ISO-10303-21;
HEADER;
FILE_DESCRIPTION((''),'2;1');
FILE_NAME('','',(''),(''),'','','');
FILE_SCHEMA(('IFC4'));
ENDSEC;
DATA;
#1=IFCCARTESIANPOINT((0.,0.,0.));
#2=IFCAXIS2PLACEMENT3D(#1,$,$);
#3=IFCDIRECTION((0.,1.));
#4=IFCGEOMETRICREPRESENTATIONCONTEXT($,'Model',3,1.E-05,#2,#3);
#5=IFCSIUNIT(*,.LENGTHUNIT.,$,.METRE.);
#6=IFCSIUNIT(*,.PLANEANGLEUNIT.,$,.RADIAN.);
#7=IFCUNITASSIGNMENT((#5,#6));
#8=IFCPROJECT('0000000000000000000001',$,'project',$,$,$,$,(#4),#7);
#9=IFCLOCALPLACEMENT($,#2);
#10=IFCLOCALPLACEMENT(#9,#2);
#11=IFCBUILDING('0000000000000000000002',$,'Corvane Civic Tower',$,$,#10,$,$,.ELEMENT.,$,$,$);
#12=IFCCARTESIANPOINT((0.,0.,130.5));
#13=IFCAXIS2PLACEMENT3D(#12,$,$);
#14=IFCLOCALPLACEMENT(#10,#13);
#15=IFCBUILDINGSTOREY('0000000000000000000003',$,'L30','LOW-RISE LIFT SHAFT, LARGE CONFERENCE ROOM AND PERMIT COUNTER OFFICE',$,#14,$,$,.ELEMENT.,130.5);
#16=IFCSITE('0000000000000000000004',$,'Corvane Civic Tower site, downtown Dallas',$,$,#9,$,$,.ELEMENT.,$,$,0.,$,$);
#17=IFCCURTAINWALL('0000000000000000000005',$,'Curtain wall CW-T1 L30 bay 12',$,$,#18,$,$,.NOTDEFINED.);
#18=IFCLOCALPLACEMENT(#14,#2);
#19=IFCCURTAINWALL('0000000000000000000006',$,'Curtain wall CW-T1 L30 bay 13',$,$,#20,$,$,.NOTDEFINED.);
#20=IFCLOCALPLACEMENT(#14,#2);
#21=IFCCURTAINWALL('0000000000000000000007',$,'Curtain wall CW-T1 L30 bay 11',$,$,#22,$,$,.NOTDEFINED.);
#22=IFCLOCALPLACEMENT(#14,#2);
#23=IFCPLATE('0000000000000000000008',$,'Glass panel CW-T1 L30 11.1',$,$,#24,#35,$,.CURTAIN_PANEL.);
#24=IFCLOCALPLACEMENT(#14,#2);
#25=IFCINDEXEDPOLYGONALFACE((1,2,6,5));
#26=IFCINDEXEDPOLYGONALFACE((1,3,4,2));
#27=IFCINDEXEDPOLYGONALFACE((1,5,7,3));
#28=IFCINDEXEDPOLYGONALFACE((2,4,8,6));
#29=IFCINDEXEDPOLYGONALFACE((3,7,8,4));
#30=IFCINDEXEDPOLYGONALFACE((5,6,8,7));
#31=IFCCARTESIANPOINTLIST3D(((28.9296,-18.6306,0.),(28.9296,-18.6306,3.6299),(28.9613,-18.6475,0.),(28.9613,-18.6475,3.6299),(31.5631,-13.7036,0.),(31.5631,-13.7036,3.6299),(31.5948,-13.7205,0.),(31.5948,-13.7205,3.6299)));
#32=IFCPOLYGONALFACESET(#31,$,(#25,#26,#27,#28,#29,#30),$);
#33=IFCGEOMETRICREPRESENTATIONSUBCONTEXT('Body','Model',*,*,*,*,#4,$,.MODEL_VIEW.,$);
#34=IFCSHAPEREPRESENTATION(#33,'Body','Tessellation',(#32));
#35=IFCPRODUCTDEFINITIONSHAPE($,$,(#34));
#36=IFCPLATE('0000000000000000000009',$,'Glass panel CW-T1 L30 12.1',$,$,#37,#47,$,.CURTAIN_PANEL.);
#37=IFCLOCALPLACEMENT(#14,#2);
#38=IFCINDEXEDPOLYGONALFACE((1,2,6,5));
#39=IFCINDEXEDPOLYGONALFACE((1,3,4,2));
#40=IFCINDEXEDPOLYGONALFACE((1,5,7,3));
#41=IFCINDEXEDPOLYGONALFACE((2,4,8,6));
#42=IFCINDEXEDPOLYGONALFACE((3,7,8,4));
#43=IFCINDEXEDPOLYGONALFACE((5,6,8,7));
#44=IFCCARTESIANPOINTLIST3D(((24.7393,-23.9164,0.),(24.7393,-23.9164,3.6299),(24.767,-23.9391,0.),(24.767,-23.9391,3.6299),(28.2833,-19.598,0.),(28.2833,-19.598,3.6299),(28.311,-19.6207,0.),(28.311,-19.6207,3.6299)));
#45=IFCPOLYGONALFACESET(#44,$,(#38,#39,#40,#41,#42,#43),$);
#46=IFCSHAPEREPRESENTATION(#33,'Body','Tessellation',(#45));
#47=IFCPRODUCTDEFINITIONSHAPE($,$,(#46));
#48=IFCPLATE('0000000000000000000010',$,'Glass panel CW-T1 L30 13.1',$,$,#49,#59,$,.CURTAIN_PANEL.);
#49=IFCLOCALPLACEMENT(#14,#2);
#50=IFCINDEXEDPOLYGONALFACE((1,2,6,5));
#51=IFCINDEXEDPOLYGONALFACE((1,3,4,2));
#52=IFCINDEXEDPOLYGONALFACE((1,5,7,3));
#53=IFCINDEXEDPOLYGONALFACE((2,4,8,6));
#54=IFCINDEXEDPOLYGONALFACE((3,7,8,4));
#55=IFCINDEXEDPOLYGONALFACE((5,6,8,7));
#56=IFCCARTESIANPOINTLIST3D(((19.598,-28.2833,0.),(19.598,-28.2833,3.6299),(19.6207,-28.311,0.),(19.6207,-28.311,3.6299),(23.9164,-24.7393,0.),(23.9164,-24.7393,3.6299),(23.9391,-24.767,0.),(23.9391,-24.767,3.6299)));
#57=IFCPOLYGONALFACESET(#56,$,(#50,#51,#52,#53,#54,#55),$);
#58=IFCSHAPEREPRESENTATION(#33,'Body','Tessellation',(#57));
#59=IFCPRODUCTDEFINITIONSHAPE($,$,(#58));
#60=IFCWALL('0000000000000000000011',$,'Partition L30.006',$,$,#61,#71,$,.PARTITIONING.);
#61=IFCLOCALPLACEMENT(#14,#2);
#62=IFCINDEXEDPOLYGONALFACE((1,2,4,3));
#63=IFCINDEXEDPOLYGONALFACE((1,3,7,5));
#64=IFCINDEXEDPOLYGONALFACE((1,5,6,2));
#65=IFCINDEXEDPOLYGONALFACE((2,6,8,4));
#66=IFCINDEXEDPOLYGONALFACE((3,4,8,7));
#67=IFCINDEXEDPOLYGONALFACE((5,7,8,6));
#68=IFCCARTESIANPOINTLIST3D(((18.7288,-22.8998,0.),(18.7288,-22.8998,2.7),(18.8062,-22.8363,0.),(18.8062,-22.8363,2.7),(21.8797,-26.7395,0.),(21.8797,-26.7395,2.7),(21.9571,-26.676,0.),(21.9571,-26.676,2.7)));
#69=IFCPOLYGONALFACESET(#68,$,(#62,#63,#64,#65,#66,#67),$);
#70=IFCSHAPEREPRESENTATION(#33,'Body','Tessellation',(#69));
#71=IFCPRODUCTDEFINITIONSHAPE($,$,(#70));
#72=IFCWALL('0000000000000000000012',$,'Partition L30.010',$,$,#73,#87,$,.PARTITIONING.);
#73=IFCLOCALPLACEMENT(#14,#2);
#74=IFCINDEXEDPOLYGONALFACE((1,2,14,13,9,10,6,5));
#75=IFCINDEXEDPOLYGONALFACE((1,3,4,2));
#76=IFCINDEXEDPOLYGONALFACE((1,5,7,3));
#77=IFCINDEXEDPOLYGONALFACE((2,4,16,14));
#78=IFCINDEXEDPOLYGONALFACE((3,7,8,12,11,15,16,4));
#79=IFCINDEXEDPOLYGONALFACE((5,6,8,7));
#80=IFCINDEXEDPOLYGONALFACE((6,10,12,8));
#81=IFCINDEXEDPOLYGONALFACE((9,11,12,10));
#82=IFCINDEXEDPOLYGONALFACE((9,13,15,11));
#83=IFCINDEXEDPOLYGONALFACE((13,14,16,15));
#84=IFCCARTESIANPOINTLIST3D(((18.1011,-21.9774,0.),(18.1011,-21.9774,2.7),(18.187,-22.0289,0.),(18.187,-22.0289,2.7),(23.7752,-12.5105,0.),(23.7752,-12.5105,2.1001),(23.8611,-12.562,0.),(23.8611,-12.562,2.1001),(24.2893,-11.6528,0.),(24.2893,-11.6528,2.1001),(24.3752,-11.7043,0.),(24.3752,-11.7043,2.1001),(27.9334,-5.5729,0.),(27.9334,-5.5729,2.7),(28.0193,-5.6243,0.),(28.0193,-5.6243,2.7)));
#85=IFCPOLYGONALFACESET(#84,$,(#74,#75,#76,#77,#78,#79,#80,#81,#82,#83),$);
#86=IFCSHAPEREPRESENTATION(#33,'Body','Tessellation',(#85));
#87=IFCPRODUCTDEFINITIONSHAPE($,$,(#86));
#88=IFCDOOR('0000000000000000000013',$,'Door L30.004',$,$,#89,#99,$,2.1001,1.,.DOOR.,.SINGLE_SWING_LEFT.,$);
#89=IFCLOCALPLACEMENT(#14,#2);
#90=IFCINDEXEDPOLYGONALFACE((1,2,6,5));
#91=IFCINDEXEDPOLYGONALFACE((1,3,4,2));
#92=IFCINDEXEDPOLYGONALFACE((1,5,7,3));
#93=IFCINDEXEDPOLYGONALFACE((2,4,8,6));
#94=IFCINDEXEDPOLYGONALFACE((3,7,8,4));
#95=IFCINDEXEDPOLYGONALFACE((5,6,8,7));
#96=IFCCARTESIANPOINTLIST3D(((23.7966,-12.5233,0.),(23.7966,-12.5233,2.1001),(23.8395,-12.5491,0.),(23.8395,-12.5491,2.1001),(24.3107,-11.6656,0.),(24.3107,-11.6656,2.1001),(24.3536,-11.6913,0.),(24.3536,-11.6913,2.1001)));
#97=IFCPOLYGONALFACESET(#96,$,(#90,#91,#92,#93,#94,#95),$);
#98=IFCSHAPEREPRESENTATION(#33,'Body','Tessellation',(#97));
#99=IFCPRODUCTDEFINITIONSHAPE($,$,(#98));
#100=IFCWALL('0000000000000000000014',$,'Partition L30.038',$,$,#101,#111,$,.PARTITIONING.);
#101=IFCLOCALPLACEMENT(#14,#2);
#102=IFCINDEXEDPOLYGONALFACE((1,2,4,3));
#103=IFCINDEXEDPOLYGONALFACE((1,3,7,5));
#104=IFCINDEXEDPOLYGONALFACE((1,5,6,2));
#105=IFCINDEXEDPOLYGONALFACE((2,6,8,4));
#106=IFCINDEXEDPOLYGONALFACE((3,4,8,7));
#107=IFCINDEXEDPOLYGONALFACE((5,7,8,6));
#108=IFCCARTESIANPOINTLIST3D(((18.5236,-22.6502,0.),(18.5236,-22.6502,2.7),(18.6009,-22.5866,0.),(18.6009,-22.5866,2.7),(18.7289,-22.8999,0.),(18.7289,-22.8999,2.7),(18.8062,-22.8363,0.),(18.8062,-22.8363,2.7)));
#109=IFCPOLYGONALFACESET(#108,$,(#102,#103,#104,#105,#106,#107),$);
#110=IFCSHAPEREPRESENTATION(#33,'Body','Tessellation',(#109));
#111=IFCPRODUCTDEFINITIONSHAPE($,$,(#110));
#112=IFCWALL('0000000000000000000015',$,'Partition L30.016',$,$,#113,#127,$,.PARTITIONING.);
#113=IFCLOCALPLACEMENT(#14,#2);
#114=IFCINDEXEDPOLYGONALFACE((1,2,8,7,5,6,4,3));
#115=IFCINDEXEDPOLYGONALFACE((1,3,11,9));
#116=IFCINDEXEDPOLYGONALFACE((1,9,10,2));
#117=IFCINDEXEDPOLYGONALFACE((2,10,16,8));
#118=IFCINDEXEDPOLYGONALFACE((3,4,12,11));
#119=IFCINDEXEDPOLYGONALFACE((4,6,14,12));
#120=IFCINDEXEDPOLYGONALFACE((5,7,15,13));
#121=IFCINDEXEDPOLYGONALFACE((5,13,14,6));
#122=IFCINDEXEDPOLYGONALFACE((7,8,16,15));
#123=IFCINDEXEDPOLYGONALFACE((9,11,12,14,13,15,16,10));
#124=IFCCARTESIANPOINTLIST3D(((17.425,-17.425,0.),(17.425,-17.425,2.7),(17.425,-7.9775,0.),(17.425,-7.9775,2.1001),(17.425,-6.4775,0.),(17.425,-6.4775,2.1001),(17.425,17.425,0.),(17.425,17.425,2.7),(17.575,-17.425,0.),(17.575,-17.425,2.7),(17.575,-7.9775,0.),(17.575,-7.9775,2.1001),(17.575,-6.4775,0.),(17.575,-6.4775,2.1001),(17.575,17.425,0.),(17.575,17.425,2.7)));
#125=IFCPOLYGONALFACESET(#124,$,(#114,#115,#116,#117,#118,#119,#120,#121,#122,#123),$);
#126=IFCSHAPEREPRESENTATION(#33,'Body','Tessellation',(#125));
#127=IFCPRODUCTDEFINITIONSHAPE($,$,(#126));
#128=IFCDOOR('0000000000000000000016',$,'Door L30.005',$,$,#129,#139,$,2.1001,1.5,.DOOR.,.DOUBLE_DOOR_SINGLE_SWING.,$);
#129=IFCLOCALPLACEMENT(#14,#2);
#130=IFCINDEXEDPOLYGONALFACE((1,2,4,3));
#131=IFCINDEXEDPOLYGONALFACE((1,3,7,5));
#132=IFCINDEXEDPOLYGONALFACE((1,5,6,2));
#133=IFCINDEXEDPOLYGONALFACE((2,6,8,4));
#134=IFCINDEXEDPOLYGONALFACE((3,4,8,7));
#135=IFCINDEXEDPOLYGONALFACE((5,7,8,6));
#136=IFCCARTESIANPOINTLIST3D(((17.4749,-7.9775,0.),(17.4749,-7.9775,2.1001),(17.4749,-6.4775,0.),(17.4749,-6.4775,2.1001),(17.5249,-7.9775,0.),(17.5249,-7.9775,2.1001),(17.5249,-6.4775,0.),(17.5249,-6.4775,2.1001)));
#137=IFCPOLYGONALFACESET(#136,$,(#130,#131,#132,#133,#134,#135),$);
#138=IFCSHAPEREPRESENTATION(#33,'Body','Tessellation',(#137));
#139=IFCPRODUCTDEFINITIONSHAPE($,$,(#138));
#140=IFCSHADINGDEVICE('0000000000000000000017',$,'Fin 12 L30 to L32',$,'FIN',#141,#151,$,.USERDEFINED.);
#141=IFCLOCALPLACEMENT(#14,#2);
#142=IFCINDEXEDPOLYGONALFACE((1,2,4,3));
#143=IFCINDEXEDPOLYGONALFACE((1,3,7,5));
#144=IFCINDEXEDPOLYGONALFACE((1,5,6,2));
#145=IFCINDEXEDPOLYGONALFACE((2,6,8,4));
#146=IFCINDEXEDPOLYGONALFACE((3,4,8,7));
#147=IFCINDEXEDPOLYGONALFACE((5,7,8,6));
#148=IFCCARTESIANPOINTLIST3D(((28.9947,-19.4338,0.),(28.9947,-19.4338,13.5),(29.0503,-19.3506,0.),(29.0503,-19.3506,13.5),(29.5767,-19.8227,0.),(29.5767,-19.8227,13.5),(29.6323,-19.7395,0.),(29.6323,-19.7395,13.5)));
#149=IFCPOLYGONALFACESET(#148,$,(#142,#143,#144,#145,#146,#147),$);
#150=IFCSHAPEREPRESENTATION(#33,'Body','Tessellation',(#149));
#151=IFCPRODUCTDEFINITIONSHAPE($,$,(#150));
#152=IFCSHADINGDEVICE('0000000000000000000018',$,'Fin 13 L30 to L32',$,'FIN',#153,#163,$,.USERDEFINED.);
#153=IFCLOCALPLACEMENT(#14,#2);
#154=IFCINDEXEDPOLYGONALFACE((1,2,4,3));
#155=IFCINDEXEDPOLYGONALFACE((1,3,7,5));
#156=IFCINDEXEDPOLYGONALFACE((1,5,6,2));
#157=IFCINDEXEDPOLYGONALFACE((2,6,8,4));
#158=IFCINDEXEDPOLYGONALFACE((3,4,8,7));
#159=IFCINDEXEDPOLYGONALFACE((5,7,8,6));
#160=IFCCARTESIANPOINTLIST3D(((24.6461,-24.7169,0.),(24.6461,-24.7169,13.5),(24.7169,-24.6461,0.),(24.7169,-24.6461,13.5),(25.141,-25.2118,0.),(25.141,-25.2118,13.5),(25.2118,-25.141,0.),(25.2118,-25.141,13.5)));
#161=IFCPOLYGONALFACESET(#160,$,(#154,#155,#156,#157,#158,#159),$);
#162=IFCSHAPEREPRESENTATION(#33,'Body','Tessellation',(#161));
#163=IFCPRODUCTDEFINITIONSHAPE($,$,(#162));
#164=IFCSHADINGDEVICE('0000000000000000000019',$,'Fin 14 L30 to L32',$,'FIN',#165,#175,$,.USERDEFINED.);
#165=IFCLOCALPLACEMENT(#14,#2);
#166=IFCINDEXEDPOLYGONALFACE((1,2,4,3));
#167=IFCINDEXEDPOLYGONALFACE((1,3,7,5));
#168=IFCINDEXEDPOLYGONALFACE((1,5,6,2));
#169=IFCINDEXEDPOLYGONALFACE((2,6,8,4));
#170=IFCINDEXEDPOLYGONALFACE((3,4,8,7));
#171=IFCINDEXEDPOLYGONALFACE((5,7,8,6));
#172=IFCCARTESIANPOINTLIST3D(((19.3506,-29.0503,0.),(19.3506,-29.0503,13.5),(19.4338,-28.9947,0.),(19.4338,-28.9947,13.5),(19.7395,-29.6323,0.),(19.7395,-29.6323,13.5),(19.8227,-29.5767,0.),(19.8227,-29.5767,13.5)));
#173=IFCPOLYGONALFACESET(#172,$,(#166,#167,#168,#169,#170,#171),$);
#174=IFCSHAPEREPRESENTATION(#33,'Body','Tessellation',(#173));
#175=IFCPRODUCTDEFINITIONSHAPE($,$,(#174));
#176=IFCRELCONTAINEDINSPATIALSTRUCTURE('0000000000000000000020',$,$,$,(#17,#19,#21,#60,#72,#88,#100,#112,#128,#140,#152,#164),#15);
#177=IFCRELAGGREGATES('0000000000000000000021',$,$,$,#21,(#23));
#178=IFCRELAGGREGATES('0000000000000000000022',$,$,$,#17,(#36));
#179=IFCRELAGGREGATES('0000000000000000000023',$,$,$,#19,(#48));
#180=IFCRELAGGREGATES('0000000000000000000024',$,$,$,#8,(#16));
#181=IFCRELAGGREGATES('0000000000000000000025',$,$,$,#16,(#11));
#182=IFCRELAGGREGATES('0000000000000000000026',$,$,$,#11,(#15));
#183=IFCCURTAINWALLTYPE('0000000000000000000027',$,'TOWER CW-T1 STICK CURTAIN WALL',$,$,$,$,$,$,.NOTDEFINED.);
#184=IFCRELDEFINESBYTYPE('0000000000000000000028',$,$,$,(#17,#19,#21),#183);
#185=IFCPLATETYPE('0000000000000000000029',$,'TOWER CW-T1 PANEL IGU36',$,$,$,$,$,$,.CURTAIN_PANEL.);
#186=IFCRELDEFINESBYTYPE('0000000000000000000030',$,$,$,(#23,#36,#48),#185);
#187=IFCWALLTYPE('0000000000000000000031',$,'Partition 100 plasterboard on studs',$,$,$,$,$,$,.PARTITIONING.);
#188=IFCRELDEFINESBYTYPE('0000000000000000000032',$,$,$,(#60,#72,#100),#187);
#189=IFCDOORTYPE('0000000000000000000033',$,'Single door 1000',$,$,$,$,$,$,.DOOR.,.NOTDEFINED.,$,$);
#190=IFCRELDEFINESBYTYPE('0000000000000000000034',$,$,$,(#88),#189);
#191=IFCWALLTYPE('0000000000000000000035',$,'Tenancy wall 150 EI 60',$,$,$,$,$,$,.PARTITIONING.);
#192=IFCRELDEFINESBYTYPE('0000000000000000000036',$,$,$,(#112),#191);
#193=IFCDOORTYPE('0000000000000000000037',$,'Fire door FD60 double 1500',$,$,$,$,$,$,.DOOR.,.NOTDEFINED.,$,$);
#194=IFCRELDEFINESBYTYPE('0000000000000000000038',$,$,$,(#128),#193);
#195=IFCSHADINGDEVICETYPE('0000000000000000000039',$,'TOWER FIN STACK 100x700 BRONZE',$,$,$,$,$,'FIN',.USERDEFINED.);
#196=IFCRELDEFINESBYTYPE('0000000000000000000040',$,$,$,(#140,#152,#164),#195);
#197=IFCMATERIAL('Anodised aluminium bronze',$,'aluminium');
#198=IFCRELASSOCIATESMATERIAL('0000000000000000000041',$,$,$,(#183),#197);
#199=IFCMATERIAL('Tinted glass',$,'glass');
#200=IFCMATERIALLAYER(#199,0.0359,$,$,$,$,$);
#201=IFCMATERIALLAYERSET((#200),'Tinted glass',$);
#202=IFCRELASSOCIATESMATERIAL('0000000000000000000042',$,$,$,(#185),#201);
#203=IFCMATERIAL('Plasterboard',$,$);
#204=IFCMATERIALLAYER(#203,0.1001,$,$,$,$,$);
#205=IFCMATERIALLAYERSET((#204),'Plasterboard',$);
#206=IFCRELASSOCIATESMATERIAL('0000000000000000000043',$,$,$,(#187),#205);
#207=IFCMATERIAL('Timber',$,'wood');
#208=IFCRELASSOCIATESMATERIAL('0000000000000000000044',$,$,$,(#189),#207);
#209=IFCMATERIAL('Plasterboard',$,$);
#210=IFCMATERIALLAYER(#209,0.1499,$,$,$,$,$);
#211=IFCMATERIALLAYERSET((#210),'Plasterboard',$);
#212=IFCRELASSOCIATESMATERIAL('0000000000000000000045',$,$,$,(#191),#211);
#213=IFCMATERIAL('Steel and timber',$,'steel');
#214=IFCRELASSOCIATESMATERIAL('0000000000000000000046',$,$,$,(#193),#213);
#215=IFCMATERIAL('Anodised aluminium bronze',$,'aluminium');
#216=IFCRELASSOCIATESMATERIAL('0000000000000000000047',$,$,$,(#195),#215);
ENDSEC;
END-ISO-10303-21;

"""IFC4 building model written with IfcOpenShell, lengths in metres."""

from ifc_helpers import new_model, si_unit, direction, frame, frame_2d, origin, origin_2d, place, context, subcontext, project, spatial, rectangle, extrude, material, layer, layer_set, material_profile, profile_set, type_object, element, fill, aggregate, save


model = new_model("IFC4")

# Units and contexts
model_context = context("Model", 3, precision=1e-05, world=origin(), true_north=direction((0.0, 1.0)))
body_context = subcontext(model_context, "Body", "Model", "MODEL_VIEW")
ifc_project = project(units=[si_unit("LENGTHUNIT", "METRE"), si_unit("PLANEANGLEUNIT", "RADIAN")], contexts=[model_context])

# Site, building, storey
site_placement = place(None, origin())
site = spatial("IfcSite", under=ifc_project, at=site_placement, Name="Corvane Civic Tower site, downtown Dallas", CompositionType="ELEMENT", RefElevation=0.0)
building_placement = place(site_placement, origin())
building = spatial("IfcBuilding", under=site, at=building_placement, Name="Corvane Civic Tower", CompositionType="ELEMENT")
storey_placement = place(building_placement, frame((0.0, 0.0, 130.5)))
storey = spatial("IfcBuildingStorey", under=building, at=storey_placement, Name="L30", Description="LOW-RISE LIFT SHAFT, LARGE CONFERENCE ROOM AND PERMIT COUNTER OFFICE", CompositionType="ELEMENT", Elevation=130.5)

# Curtain walls
ifc_material_1 = material(Name="Anodised aluminium bronze", Category="aluminium")
curtain_wall_type = type_object("IfcCurtainWallType", Name="TOWER CW-T1 STICK CURTAIN WALL", PredefinedType="NOTDEFINED", material=ifc_material_1)
curtain_wall_1_placement = place(storey_placement, origin())
curtain_wall_1 = element("IfcCurtainWall", 1, at=curtain_wall_1_placement, inside=storey, type_object=curtain_wall_type, Name="Curtain wall CW-T1 L30 bay 12", PredefinedType="NOTDEFINED")
curtain_wall_2_placement = place(storey_placement, origin())
curtain_wall_2 = element("IfcCurtainWall", 2, at=curtain_wall_2_placement, inside=storey, type_object=curtain_wall_type, Name="Curtain wall CW-T1 L30 bay 13", PredefinedType="NOTDEFINED")

# Curtain wall, plate
curtain_wall_3_placement = place(storey_placement, origin())
curtain_wall_3 = element("IfcCurtainWall", 3, at=curtain_wall_3_placement, inside=storey, type_object=curtain_wall_type, Name="Curtain wall CW-T1 L30 bay 11", PredefinedType="NOTDEFINED")
ifc_material_2 = material(Name="Tinted glass", Category="glass")
ifc_layer_1 = layer(ifc_material_2, 0.0359)
ifc_layer_set_1 = layer_set([ifc_layer_1], Name="Tinted glass")
plate_type = type_object("IfcPlateType", Name="TOWER CW-T1 PANEL IGU36", PredefinedType="CURTAIN_PANEL", material=ifc_layer_set_1)
plate_1_placement = place(storey_placement, frame((30.2622, -16.1755, 0.0), z_axis=(0.0, 0.0, 1.0), x_axis=(-0.471392, -0.881924, 0.0)))
plate_1 = element("IfcPlate", 4, at=plate_1_placement, type_object=plate_type, Name="Glass panel CW-T1 L30 11.1", PredefinedType="CURTAIN_PANEL", context=body_context, shape_type="SweptSolid", body=[
    extrude(rectangle(XDim=5.5867, YDim=0.0359, at=origin_2d()), origin(), (0.0, 0.0, 1.0), 3.6299),
])
aggregate(curtain_wall_3, [plate_1])

# Plates
plate_2_placement = place(storey_placement, frame((26.5251, -21.7686, 0.0), z_axis=(0.0, 0.0, 1.0), x_axis=(-0.63439, -0.773013, 0.0)))
plate_2 = element("IfcPlate", 5, at=plate_2_placement, type_object=plate_type, Name="Glass panel CW-T1 L30 12.1", PredefinedType="CURTAIN_PANEL", context=body_context, shape_type="SweptSolid", body=[
    extrude(rectangle(XDim=5.5864, YDim=0.0359, at=origin_2d()), origin(), (0.0, 0.0, 1.0), 3.6299),
])
aggregate(curtain_wall_1, [plate_2])
plate_3_placement = place(storey_placement, frame((21.7686, -26.5251, 0.0), z_axis=(0.0, 0.0, 1.0), x_axis=(-0.773013, -0.63439, 0.0)))
plate_3 = element("IfcPlate", 6, at=plate_3_placement, type_object=plate_type, Name="Glass panel CW-T1 L30 13.1", PredefinedType="CURTAIN_PANEL", context=body_context, shape_type="SweptSolid", body=[
    extrude(rectangle(XDim=5.5864, YDim=0.0359, at=origin_2d()), origin(), (0.0, 0.0, 1.0), 3.6299),
])
aggregate(curtain_wall_2, [plate_3])

# Wall
ifc_material_3 = material(Name="Plasterboard")
ifc_layer_2 = layer(ifc_material_3, 0.1001)
ifc_layer_set_2 = layer_set([ifc_layer_2], Name="Plasterboard")
wall_type_1 = type_object("IfcWallType", Name="Partition 100 plasterboard on studs", PredefinedType="PARTITIONING", material=ifc_layer_set_2)
wall_1_placement = place(storey_placement, frame((18.7676, -22.8682, 0.0), z_axis=(0.0, 0.0, 1.0), x_axis=(0.634369, -0.77303, 0.0)))
element("IfcWall", 7, at=wall_1_placement, inside=storey, type_object=wall_type_1, Name="Partition L30.006", PredefinedType="PARTITIONING", context=body_context, shape_type="SweptSolid", body=[
    extrude(rectangle(XDim=4.967, YDim=0.1001, at=frame_2d((2.4834, 0.0))), origin(), (0.0, 0.0, 1.0), 2.7),
])

# Wall, opening, door
wall_2_placement = place(storey_placement, frame((18.144, -22.0032, 0.0), z_axis=(0.0, 0.0, 1.0), x_axis=(0.514094, 0.857734, 0.0)))
wall_2 = element("IfcWall", 8, at=wall_2_placement, inside=storey, type_object=wall_type_1, Name="Partition L30.010", PredefinedType="PARTITIONING", context=body_context, shape_type="SweptSolid", body=[
    extrude(rectangle(XDim=19.1255, YDim=0.1001, at=frame_2d((9.5627, 0.0))), origin(), (0.0, 0.0, 1.0), 2.7),
])
opening_1_placement = place(wall_2_placement, frame((11.0371, 0.0, 0.0)))
opening_1 = element("IfcOpeningElement", 9, at=opening_1_placement, cuts=wall_2, PredefinedType="OPENING", context=body_context, shape_type="SweptSolid", body=[
    extrude(rectangle(XDim=1.0, YDim=2.1001, at=frame_2d((0.5, 1.05))), frame((0.0, 0.0601, 0.0), z_axis=(0.0, -1.0, 0.0), x_axis=(1.0, 0.0, 0.0)), (0.0, 0.0, 1.0), 0.1201),
])
ifc_material_4 = material(Name="Timber", Category="wood")
door_type_1 = type_object("IfcDoorType", Name="Single door 1000", OperationType="NOTDEFINED", PredefinedType="DOOR", material=ifc_material_4)
door_1_placement = place(opening_1_placement, frame((1.0, 0.0, 0.0), z_axis=(0.0, 0.0, 1.0), x_axis=(-1.0, 0.0, 0.0)))
door_1 = element("IfcDoor", 10, at=door_1_placement, inside=storey, type_object=door_type_1, Name="Door L30.004", OperationType="SINGLE_SWING_LEFT", OverallHeight=2.1001, OverallWidth=1.0, PredefinedType="DOOR", context=body_context, shape_type="SweptSolid", body=[
    extrude(rectangle(XDim=1.0, YDim=2.1001, at=frame_2d((0.5, 1.05))), frame((0.0, 0.0249, 0.0), z_axis=(0.0, -1.0, 0.0), x_axis=(1.0, 0.0, 0.0)), (0.0, 0.0, 1.0), 0.05),
])
fill(opening_1, door_1)

# Wall
wall_3_placement = place(storey_placement, frame((18.5623, -22.6184, 0.0), z_axis=(0.0, 0.0, 1.0), x_axis=(0.635045, -0.772475, 0.0)))
element("IfcWall", 11, at=wall_3_placement, inside=storey, type_object=wall_type_1, Name="Partition L30.038", PredefinedType="PARTITIONING", context=body_context, shape_type="SweptSolid", body=[
    extrude(rectangle(XDim=0.3232, YDim=0.1001, at=frame_2d((0.1616, 0.0))), origin(), (0.0, 0.0, 1.0), 2.7),
])

# Wall, opening, door
ifc_material_5 = material(Name="Plasterboard")
ifc_layer_3 = layer(ifc_material_5, 0.1499)
ifc_layer_set_3 = layer_set([ifc_layer_3], Name="Plasterboard")
wall_type_2 = type_object("IfcWallType", Name="Tenancy wall 150 EI 60", PredefinedType="PARTITIONING", material=ifc_layer_set_3)
wall_4_placement = place(storey_placement, frame((17.5, -17.425, 0.0), z_axis=(0.0, 0.0, 1.0), x_axis=(0.0, 1.0, 0.0)))
wall_4 = element("IfcWall", 12, at=wall_4_placement, inside=storey, type_object=wall_type_2, Name="Partition L30.016", PredefinedType="PARTITIONING", context=body_context, shape_type="SweptSolid", body=[
    extrude(rectangle(XDim=34.8501, YDim=0.1499, at=frame_2d((17.425, 0.0))), origin(), (0.0, 0.0, 1.0), 2.7),
])
opening_2_placement = place(wall_4_placement, frame((9.4475, 0.0, 0.0)))
opening_2 = element("IfcOpeningElement", 13, at=opening_2_placement, cuts=wall_4, PredefinedType="OPENING", context=body_context, shape_type="SweptSolid", body=[
    extrude(rectangle(XDim=1.5, YDim=2.1001, at=frame_2d((0.75, 1.05))), frame((0.0, 0.085, 0.0), z_axis=(0.0, -1.0, 0.0), x_axis=(1.0, 0.0, 0.0)), (0.0, 0.0, 1.0), 0.1699),
])
ifc_material_6 = material(Name="Steel and timber", Category="steel")
door_type_2 = type_object("IfcDoorType", Name="Fire door FD60 double 1500", OperationType="NOTDEFINED", PredefinedType="DOOR", material=ifc_material_6)
door_2_placement = place(opening_2_placement, frame((1.5, 0.0, 0.0), z_axis=(0.0, 0.0, 1.0), x_axis=(-1.0, 0.0, 0.0)))
door_2 = element("IfcDoor", 14, at=door_2_placement, inside=storey, type_object=door_type_2, Name="Door L30.005", OperationType="DOUBLE_DOOR_SINGLE_SWING", OverallHeight=2.1001, OverallWidth=1.5, PredefinedType="DOOR", context=body_context, shape_type="SweptSolid", body=[
    extrude(rectangle(XDim=1.5, YDim=2.1001, at=frame_2d((0.75, 1.05))), frame((0.0, 0.0249, 0.0), z_axis=(0.0, -1.0, 0.0), x_axis=(1.0, 0.0, 0.0)), (0.0, 0.0, 1.0), 0.05),
])
fill(opening_2, door_2)

# Shading devices
ifc_material_7 = material(Name="Anodised aluminium bronze", Category="aluminium")
ifc_material_profile_1 = material_profile(ifc_material_7, rectangle(XDim=0.1001, YDim=0.7, at=origin_2d()), Name="TOWER FIN STACK 100x700 BRONZE")
ifc_profile_set_1 = profile_set([ifc_material_profile_1], Name="Anodised aluminium bronze")
shading_device_type = type_object("IfcShadingDeviceType", Name="TOWER FIN STACK 100x700 BRONZE", ElementType="FIN", PredefinedType="USERDEFINED", material=ifc_profile_set_1)
for number, where, z_axis, x_axis, name in (
    (15, (29.3135, -19.5867, 0.0), (0.0, 0.0, 1.0), (-0.55557, -0.83147, 0.0), "Fin 12 L30 to L32"),
    (16, (24.929, -24.929, 0.0), (0.0, 0.0, 1.0), (-0.707107, -0.707107, 0.0), "Fin 13 L30 to L32"),
    (17, (19.5867, -29.3135, 0.0), (0.0, 0.0, 1.0), (-0.83147, -0.55557, 0.0), "Fin 14 L30 to L32"),
):
    element("IfcShadingDevice", number, at=place(storey_placement, frame(where, z_axis=z_axis, x_axis=x_axis)), inside=storey, type_object=shading_device_type, Name=name, ObjectType="FIN", PredefinedType="USERDEFINED", context=body_context, shape_type="SweptSolid", body=[
        extrude(rectangle(XDim=0.1001, YDim=0.7, at=origin_2d()), origin(), (0.0, 0.0, 1.0), 13.5),
    ])

save(model, "model.ifc")
